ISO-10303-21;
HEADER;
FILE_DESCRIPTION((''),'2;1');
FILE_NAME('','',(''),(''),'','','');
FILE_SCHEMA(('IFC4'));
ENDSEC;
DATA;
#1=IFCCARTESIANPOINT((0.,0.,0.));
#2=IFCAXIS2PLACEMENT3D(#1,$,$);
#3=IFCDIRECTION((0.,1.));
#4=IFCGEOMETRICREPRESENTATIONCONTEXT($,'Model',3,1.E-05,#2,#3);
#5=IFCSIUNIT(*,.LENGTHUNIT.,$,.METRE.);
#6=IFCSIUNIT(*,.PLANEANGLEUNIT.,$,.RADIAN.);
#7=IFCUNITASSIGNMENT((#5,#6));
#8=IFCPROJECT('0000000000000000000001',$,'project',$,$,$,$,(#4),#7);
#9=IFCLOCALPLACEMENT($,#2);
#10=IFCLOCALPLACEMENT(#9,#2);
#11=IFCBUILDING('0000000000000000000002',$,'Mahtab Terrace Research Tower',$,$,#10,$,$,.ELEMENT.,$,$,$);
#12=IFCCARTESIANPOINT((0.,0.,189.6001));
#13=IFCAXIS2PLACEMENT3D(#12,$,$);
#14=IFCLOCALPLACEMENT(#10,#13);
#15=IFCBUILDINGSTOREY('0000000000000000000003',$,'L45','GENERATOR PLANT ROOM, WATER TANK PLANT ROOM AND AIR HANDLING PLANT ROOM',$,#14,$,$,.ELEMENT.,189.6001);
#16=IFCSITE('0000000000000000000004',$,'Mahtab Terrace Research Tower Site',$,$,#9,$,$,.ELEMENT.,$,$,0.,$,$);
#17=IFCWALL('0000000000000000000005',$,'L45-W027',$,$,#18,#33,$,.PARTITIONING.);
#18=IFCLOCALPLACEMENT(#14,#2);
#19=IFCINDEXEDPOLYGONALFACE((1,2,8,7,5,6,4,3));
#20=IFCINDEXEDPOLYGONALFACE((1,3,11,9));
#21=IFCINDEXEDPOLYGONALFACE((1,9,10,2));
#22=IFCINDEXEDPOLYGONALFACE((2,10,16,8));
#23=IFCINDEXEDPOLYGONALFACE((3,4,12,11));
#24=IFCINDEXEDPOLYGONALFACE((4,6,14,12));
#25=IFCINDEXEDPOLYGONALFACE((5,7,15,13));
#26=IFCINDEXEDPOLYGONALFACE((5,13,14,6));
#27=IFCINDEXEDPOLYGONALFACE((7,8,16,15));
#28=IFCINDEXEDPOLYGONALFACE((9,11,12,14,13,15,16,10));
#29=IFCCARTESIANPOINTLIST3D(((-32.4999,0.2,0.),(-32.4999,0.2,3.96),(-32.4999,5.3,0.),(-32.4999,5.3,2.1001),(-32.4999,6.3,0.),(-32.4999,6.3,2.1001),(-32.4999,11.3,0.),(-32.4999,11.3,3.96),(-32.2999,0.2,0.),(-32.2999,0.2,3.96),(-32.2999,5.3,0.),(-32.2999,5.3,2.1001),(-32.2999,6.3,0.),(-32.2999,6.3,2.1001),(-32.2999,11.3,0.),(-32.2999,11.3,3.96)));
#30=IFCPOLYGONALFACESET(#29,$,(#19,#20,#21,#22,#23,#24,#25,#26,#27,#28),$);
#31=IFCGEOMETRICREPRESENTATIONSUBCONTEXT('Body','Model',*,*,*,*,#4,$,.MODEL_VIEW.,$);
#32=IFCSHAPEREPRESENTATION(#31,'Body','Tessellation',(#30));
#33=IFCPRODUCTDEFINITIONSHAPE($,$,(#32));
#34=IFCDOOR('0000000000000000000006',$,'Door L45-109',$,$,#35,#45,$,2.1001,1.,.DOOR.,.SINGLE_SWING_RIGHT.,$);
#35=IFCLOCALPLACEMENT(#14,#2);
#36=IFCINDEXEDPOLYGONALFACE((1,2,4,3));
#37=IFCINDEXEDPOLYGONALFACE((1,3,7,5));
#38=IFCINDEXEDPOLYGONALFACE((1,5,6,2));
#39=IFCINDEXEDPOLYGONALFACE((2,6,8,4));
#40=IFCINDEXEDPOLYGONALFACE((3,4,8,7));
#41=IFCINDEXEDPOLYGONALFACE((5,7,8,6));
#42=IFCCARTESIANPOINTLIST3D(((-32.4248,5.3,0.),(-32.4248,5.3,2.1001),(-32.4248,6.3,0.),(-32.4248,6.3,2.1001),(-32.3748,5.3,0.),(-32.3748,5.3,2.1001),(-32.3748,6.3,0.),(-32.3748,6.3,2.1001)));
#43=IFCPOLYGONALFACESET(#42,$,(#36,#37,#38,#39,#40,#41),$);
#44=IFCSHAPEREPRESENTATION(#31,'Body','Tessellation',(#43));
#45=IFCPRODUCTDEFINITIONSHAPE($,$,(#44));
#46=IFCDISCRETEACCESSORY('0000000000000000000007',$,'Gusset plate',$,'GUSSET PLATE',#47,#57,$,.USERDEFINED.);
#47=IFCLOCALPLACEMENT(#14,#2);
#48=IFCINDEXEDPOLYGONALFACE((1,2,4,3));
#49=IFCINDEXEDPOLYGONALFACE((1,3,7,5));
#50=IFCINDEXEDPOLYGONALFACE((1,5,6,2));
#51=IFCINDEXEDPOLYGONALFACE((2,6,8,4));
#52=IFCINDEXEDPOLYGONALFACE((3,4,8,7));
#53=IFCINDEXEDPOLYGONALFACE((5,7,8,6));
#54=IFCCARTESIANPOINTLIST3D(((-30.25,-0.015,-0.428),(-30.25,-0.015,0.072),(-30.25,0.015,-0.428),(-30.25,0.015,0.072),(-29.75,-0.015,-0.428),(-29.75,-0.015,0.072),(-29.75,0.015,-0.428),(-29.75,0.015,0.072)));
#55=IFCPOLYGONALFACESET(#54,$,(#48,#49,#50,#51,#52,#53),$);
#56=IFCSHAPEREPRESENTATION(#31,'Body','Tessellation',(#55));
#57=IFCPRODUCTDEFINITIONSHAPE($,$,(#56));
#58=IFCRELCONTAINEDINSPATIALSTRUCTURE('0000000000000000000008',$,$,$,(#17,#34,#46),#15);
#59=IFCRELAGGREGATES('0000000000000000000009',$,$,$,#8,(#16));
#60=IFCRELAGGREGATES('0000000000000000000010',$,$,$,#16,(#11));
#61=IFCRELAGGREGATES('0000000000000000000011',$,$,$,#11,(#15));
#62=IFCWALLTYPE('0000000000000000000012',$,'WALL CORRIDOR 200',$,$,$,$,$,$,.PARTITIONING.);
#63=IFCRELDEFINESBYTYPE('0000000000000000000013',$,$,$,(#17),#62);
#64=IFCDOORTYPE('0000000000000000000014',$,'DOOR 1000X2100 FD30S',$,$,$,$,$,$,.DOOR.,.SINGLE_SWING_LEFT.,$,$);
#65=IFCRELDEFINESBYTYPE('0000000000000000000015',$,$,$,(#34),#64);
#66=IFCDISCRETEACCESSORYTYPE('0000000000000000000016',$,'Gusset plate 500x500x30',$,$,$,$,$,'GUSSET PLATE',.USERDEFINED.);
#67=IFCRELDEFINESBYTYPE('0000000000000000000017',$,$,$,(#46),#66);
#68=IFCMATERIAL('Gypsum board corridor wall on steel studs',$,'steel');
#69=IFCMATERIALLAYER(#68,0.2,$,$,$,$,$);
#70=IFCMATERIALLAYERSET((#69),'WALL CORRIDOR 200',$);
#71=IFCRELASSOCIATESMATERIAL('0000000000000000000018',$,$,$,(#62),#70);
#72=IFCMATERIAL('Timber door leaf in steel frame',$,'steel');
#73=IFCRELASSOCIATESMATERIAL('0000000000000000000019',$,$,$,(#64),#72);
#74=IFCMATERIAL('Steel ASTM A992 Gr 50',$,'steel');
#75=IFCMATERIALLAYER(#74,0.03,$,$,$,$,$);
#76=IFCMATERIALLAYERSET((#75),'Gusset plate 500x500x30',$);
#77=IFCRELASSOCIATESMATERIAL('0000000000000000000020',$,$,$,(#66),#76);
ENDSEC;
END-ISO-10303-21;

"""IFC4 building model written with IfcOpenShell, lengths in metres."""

from ifc_helpers import new_model, si_unit, direction, frame, frame_2d, origin, origin_2d, place, context, subcontext, project, spatial, rectangle, extrude, material, layer, layer_set, type_object, element, fill, save


model = new_model("IFC4")

# Units and contexts
model_context = context("Model", 3, precision=1e-05, world=origin(), true_north=direction((0.0, 1.0)))
body_context = subcontext(model_context, "Body", "Model", "MODEL_VIEW")
ifc_project = project(units=[si_unit("LENGTHUNIT", "METRE"), si_unit("PLANEANGLEUNIT", "RADIAN")], contexts=[model_context])

# Site, building, storey
site_placement = place(None, origin())
site = spatial("IfcSite", under=ifc_project, at=site_placement, Name="Mahtab Terrace Research Tower Site", CompositionType="ELEMENT", RefElevation=0.0)
building_placement = place(site_placement, origin())
building = spatial("IfcBuilding", under=site, at=building_placement, Name="Mahtab Terrace Research Tower", CompositionType="ELEMENT")
storey_placement = place(building_placement, frame((0.0, 0.0, 189.6001)))
storey = spatial("IfcBuildingStorey", under=building, at=storey_placement, Name="L45", Description="GENERATOR PLANT ROOM, WATER TANK PLANT ROOM AND AIR HANDLING PLANT ROOM", CompositionType="ELEMENT", Elevation=189.6001)

# Wall, opening, door
ifc_material_1 = material(Name="Gypsum board corridor wall on steel studs", Category="steel")
ifc_layer_1 = layer(ifc_material_1, 0.2)
ifc_layer_set_1 = layer_set([ifc_layer_1], Name="WALL CORRIDOR 200")
wall_type_1 = type_object("IfcWallType", Name="WALL CORRIDOR 200", PredefinedType="PARTITIONING", material=ifc_layer_set_1)
wall_1_placement = place(storey_placement, frame((-32.3999, 0.2, 0.0), z_axis=(0.0, 0.0, 1.0), x_axis=(0.0, 1.0, 0.0)))
wall_1 = element("IfcWall", 1, at=wall_1_placement, inside=storey, type_object=wall_type_1, Name="L45-W027", PredefinedType="PARTITIONING", context=body_context, shape_type="SweptSolid", body=[
    extrude(rectangle(XDim=11.1001, YDim=0.2, at=frame_2d((5.55, 0.0))), origin(), (0.0, 0.0, 1.0), 3.96),
])
opening_1_placement = place(wall_1_placement, frame((5.1001, 0.0, 0.0)))
opening_1 = element("IfcOpeningElement", 2, at=opening_1_placement, cuts=wall_1, PredefinedType="OPENING", context=body_context, shape_type="SweptSolid", body=[
    extrude(rectangle(XDim=1.0, YDim=2.1001, at=frame_2d((0.5, 1.05))), frame((0.0, 0.1099, 0.0), z_axis=(0.0, -1.0, 0.0), x_axis=(1.0, 0.0, 0.0)), (0.0, 0.0, 1.0), 0.22),
])
ifc_material_2 = material(Name="Timber door leaf in steel frame", Category="steel")
door_type_1 = type_object("IfcDoorType", Name="DOOR 1000X2100 FD30S", OperationType="SINGLE_SWING_LEFT", PredefinedType="DOOR", material=ifc_material_2)
door_1_placement = place(opening_1_placement, origin())
door_1 = element("IfcDoor", 3, at=door_1_placement, inside=storey, type_object=door_type_1, Name="Door L45-109", OperationType="SINGLE_SWING_RIGHT", OverallHeight=2.1001, OverallWidth=1.0, PredefinedType="DOOR", context=body_context, shape_type="SweptSolid", body=[
    extrude(rectangle(XDim=1.0, YDim=2.1001, at=frame_2d((0.5, 1.05))), frame((0.0, 0.0249, 0.0), z_axis=(0.0, -1.0, 0.0), x_axis=(1.0, 0.0, 0.0)), (0.0, 0.0, 1.0), 0.05),
])
fill(opening_1, door_1)

# Discrete accessory
ifc_material_3 = material(Name="Steel ASTM A992 Gr 50", Category="steel")
ifc_layer_2 = layer(ifc_material_3, 0.03)
ifc_layer_set_2 = layer_set([ifc_layer_2], Name="Gusset plate 500x500x30")
discrete_accessory_type = type_object("IfcDiscreteAccessoryType", Name="Gusset plate 500x500x30", ElementType="GUSSET PLATE", PredefinedType="USERDEFINED", material=ifc_layer_set_2)
discrete_accessory_placement = place(storey_placement, frame((-30.0, 0.0, -0.428), z_axis=(0.0, 0.0, 1.0), x_axis=(1.0, 0.0, 0.0)))
element("IfcDiscreteAccessory", 4, at=discrete_accessory_placement, inside=storey, type_object=discrete_accessory_type, Name="Gusset plate", ObjectType="GUSSET PLATE", PredefinedType="USERDEFINED", context=body_context, shape_type="SweptSolid", body=[
    extrude(rectangle(XDim=0.5, YDim=0.03, at=origin_2d()), origin(), (0.0, 0.0, 1.0), 0.5),
])

save(model, "model.ifc")
